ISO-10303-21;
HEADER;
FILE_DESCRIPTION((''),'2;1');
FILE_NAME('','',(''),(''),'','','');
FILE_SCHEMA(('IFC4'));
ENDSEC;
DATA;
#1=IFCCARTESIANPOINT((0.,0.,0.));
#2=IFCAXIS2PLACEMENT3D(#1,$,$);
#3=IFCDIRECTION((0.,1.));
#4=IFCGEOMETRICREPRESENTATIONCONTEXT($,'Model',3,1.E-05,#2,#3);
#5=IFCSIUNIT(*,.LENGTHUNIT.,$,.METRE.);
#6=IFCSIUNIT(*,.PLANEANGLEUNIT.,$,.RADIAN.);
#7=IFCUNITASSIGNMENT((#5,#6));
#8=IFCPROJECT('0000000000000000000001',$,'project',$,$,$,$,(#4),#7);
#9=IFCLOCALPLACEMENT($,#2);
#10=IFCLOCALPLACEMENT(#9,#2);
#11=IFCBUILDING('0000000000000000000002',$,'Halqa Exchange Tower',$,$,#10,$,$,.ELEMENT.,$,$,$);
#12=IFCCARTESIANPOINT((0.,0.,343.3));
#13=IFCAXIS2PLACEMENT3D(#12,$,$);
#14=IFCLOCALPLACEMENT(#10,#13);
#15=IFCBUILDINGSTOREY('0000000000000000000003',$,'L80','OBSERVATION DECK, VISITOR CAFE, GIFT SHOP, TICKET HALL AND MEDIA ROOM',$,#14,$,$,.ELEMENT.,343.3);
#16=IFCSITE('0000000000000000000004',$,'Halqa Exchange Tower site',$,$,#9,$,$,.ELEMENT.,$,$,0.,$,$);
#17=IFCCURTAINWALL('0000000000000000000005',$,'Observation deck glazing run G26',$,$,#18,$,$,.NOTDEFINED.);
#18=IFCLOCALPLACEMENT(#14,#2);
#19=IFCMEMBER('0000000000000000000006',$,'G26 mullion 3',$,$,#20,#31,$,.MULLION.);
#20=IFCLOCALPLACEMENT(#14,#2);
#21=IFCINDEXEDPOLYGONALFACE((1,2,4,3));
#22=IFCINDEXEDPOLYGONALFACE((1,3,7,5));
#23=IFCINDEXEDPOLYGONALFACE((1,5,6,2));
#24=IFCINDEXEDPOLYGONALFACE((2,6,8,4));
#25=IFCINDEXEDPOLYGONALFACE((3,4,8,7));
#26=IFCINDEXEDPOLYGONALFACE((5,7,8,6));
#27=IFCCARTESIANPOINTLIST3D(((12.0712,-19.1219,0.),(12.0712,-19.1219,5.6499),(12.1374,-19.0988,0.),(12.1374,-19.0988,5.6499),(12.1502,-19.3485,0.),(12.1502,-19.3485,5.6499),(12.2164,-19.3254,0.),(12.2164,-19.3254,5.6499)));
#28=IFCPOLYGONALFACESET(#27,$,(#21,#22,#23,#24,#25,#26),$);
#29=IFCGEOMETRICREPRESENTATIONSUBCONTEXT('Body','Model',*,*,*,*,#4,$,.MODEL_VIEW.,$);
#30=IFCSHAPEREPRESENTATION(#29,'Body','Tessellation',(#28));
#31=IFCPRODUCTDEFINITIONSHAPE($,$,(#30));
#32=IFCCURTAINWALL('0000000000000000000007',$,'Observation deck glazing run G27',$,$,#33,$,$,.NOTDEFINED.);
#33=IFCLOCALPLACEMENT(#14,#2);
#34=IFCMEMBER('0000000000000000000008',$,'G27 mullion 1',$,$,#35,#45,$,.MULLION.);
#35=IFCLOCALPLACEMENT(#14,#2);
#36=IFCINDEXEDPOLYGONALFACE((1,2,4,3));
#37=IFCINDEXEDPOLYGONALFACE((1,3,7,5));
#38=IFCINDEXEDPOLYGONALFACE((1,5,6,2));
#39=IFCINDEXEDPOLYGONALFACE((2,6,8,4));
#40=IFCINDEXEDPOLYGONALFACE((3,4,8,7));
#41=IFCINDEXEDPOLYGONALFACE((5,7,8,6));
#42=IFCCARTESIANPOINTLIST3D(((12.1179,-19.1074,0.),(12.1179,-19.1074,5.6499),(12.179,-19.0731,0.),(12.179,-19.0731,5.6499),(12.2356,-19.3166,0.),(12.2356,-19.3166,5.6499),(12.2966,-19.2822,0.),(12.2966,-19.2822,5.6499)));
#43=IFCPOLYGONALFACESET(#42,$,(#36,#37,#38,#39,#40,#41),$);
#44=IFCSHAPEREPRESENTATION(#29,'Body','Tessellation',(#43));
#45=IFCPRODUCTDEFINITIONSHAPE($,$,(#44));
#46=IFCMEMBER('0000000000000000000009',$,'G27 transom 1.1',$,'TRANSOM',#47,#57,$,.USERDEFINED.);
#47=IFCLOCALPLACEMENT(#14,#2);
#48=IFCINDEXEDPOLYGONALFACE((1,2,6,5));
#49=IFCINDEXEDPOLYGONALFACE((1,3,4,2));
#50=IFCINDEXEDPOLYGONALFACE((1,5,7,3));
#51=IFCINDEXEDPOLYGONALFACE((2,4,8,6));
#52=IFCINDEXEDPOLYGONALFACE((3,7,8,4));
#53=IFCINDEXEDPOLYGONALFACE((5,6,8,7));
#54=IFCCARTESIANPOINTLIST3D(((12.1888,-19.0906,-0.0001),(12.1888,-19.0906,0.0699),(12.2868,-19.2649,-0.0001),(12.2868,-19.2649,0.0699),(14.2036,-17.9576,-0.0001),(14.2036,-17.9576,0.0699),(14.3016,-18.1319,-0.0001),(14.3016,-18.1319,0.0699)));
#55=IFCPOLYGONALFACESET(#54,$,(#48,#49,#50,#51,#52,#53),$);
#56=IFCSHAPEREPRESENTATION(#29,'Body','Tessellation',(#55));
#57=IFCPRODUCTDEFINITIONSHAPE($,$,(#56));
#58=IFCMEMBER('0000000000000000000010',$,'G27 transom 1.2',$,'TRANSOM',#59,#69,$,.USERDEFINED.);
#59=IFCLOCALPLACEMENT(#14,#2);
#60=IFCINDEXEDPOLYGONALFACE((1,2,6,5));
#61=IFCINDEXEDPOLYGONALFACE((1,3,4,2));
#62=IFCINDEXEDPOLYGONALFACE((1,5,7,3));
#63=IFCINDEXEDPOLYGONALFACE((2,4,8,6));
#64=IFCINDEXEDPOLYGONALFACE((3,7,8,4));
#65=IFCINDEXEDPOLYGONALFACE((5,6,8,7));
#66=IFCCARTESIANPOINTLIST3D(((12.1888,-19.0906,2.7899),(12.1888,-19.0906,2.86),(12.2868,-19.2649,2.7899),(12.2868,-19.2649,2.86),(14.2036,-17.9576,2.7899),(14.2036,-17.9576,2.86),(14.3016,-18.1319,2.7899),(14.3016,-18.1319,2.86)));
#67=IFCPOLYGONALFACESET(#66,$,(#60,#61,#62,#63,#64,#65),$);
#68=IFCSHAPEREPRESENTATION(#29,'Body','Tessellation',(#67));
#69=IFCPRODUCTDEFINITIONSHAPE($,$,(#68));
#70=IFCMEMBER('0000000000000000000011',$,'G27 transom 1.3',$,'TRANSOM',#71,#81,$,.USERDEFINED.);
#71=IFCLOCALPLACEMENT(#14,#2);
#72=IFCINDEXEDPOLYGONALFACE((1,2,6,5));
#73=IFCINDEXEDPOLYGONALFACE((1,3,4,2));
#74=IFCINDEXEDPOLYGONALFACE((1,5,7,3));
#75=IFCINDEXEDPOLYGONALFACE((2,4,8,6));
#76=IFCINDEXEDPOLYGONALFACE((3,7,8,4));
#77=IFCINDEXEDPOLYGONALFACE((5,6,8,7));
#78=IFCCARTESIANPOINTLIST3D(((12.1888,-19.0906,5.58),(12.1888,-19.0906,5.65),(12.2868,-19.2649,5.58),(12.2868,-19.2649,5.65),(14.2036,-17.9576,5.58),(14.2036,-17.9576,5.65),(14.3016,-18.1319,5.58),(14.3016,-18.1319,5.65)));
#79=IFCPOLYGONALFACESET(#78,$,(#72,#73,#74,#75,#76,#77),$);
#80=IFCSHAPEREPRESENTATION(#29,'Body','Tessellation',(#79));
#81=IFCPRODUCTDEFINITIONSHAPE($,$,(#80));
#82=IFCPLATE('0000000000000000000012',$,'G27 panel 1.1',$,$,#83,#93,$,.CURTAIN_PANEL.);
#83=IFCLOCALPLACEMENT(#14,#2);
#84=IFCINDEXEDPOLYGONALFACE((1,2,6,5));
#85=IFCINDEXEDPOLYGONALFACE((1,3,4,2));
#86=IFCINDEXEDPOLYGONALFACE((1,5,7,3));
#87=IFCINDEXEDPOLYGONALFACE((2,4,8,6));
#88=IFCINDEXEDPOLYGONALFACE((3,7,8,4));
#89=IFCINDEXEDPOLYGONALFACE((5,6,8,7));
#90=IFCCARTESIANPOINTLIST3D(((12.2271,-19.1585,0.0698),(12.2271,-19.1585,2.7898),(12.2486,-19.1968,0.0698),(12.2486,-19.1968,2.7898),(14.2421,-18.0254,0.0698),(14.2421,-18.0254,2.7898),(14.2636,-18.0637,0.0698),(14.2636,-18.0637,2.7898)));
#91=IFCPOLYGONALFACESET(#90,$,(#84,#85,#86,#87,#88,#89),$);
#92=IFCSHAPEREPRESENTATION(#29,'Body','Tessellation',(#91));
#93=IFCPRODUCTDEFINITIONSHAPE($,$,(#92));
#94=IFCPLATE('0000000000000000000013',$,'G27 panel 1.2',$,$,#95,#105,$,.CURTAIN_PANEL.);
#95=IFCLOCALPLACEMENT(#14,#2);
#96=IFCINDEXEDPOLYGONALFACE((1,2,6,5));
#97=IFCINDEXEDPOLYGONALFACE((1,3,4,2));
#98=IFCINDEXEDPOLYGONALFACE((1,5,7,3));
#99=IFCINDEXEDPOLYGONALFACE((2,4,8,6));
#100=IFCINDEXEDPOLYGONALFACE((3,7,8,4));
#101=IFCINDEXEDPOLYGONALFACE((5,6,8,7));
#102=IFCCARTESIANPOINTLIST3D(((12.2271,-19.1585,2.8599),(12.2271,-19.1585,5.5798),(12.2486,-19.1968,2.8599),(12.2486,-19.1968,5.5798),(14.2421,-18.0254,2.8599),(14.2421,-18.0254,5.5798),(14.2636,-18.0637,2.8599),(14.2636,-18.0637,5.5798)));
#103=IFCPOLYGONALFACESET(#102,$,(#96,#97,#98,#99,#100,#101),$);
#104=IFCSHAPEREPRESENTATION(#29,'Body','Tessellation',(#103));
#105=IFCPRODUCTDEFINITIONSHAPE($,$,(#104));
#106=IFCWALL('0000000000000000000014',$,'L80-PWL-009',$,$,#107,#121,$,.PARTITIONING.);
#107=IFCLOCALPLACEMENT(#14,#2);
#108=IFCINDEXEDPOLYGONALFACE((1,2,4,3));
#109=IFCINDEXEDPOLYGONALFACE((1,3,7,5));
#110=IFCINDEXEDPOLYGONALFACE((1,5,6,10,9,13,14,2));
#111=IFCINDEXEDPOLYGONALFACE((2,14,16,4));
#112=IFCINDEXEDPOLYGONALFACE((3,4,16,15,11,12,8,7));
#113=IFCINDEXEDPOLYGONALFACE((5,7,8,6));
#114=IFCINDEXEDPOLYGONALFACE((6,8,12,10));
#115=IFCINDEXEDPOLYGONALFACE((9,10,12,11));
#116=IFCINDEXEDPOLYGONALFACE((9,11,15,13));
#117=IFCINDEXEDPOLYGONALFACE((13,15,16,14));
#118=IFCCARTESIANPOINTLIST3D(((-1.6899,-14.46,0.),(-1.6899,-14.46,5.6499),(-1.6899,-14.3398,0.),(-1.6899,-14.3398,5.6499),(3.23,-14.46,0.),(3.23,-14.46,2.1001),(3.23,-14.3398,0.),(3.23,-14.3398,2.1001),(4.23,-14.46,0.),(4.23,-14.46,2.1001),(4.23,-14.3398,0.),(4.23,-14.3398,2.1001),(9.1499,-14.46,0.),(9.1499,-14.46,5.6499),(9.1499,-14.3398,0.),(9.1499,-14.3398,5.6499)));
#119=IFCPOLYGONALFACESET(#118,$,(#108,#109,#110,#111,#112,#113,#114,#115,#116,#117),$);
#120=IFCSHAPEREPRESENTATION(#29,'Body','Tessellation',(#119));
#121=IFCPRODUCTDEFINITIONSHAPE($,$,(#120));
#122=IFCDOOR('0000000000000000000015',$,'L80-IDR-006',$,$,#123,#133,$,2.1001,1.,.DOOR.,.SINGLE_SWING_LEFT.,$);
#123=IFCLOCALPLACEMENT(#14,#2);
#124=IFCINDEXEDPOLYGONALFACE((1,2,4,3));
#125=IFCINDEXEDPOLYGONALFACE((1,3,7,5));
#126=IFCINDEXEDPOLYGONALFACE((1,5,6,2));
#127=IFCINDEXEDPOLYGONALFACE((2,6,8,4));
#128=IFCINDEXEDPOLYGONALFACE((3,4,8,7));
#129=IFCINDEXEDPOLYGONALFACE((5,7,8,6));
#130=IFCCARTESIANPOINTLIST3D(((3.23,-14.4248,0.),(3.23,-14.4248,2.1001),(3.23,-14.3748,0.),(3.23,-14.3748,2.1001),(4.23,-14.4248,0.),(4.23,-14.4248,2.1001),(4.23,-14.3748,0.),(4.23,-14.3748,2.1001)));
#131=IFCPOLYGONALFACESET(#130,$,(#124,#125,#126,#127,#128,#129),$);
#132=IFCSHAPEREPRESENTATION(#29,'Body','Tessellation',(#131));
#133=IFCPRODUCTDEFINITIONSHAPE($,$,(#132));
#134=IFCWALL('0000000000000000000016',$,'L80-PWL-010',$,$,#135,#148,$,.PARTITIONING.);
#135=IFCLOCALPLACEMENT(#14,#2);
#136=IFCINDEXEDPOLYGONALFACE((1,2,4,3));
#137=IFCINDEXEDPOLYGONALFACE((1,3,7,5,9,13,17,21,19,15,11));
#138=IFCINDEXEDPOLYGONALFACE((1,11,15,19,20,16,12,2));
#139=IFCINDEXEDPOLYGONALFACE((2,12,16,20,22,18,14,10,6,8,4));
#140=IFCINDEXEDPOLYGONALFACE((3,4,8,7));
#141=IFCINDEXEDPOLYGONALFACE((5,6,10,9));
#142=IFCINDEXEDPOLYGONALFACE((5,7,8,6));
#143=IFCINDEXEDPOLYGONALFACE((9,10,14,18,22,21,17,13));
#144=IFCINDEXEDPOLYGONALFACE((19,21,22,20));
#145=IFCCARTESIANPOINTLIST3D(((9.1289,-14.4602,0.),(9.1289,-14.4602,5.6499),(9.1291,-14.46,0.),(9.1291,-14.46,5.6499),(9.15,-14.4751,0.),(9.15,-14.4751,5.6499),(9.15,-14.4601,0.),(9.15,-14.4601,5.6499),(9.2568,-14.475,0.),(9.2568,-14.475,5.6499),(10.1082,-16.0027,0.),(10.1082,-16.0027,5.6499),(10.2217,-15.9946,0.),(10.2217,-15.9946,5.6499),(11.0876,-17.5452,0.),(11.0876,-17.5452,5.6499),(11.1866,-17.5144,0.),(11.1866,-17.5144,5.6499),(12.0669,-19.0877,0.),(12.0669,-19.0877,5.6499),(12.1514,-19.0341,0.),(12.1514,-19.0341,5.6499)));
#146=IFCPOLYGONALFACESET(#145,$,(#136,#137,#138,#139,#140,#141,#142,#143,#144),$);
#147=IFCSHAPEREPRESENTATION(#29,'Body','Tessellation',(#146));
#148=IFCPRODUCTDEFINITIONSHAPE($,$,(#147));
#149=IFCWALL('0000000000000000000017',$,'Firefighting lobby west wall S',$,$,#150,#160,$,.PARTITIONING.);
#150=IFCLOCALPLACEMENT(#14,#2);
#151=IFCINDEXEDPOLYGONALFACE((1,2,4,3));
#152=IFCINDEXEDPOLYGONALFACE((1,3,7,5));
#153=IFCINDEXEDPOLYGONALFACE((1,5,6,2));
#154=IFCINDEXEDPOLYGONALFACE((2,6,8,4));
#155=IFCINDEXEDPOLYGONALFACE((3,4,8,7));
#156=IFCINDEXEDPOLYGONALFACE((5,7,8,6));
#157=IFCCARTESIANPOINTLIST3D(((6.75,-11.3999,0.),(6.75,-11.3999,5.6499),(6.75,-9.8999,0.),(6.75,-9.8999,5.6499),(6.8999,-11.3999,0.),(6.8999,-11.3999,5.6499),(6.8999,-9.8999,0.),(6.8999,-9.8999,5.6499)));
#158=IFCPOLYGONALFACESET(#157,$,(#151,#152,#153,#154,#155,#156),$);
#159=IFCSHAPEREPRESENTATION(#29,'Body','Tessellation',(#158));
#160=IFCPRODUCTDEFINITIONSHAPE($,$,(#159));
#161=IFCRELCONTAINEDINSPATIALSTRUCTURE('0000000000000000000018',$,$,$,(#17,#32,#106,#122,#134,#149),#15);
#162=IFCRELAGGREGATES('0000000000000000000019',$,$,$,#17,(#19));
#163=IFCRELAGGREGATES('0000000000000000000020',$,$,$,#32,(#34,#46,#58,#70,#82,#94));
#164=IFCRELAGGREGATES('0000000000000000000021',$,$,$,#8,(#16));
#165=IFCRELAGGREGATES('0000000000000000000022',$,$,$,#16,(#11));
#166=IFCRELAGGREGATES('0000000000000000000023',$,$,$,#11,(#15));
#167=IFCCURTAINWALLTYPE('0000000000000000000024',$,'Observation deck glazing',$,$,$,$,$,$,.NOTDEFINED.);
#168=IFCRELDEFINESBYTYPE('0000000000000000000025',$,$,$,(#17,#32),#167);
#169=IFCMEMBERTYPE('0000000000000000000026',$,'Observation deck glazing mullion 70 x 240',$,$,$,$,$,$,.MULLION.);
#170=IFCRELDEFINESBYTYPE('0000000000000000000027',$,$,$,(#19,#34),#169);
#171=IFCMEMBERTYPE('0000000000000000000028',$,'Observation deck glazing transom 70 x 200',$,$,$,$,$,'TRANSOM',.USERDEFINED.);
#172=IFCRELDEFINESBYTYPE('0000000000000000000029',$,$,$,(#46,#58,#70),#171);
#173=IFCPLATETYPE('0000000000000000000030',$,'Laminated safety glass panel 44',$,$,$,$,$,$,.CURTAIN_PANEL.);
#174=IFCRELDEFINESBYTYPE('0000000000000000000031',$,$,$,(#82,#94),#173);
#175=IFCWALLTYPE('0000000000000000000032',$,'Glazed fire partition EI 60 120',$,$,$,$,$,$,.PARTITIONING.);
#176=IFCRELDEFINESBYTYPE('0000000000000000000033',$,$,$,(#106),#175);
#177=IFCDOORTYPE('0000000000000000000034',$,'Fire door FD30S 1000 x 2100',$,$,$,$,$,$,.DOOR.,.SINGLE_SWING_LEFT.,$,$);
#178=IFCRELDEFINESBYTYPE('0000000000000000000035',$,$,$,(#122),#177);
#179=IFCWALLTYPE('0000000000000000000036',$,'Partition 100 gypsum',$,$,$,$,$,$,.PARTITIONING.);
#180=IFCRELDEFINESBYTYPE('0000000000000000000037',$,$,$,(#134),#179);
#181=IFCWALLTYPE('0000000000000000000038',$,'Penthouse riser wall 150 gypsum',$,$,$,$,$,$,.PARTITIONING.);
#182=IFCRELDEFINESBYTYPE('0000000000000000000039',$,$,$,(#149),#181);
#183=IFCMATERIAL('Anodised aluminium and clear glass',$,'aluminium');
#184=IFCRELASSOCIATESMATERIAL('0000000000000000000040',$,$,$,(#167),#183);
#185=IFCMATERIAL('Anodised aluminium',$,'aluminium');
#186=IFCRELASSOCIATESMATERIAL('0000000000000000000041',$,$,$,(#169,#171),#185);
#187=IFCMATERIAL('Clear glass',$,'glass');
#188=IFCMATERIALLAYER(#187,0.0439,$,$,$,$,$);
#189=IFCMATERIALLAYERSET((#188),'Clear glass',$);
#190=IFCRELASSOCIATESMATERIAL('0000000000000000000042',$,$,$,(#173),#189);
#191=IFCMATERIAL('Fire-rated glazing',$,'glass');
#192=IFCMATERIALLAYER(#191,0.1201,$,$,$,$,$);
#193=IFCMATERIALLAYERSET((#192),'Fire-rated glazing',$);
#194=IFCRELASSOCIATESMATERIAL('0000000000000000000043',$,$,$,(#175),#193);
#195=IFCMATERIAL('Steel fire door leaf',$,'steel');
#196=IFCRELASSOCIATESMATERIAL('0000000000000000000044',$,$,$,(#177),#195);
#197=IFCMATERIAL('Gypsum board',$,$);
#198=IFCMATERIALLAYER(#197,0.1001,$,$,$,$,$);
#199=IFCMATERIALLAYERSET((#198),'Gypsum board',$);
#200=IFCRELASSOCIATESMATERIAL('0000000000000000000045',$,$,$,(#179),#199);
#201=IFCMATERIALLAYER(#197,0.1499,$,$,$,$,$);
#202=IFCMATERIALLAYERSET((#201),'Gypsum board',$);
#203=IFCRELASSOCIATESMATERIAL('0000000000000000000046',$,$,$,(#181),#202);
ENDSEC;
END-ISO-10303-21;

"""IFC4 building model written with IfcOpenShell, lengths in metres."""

from ifc_helpers import new_model, si_unit, direction, frame, frame_2d, origin, origin_2d, place, context, subcontext, project, spatial, polyline, rectangle, outline, extrude, material, layer, layer_set, material_profile, profile_set, type_object, element, fill, aggregate, save


model = new_model("IFC4")

# Units and contexts
model_context = context("Model", 3, precision=1e-05, world=origin(), true_north=direction((0.0, 1.0)))
body_context = subcontext(model_context, "Body", "Model", "MODEL_VIEW")
ifc_project = project(units=[si_unit("LENGTHUNIT", "METRE"), si_unit("PLANEANGLEUNIT", "RADIAN")], contexts=[model_context])

# Site, building, storey
site_placement = place(None, origin())
site = spatial("IfcSite", under=ifc_project, at=site_placement, Name="Halqa Exchange Tower site", CompositionType="ELEMENT", RefElevation=0.0)
building_placement = place(site_placement, origin())
building = spatial("IfcBuilding", under=site, at=building_placement, Name="Halqa Exchange Tower", CompositionType="ELEMENT")
storey_placement = place(building_placement, frame((0.0, 0.0, 343.3)))
storey = spatial("IfcBuildingStorey", under=building, at=storey_placement, Name="L80", Description="OBSERVATION DECK, VISITOR CAFE, GIFT SHOP, TICKET HALL AND MEDIA ROOM", CompositionType="ELEMENT", Elevation=343.3)

# Curtain wall, member
ifc_material_1 = material(Name="Anodised aluminium and clear glass", Category="aluminium")
curtain_wall_type = type_object("IfcCurtainWallType", Name="Observation deck glazing", PredefinedType="NOTDEFINED", material=ifc_material_1)
curtain_wall_1_placement = place(storey_placement, origin())
curtain_wall_1 = element("IfcCurtainWall", 1, at=curtain_wall_1_placement, inside=storey, type_object=curtain_wall_type, Name="Observation deck glazing run G26", PredefinedType="NOTDEFINED")
ifc_material_2 = material(Name="Anodised aluminium", Category="aluminium")
ifc_material_profile_1 = material_profile(ifc_material_2, rectangle(XDim=0.24, YDim=0.0701, at=origin_2d()), Name="AL 70x240")
ifc_profile_set_1 = profile_set([ifc_material_profile_1], Name="Anodised aluminium")
member_type_1 = type_object("IfcMemberType", Name="Observation deck glazing mullion 70 x 240", PredefinedType="MULLION", material=ifc_profile_set_1)
member_1_placement = place(storey_placement, frame((12.1438, -19.2236, 0.0), z_axis=(0.0, 0.0, 1.0), x_axis=(-0.32916, 0.944274, 0.0)))
member_1 = element("IfcMember", 2, at=member_1_placement, type_object=member_type_1, Name="G26 mullion 3", PredefinedType="MULLION", context=body_context, shape_type="SweptSolid", body=[
    extrude(rectangle(XDim=0.24, YDim=0.0701, at=origin_2d()), origin(), (0.0, 0.0, 1.0), 5.6499),
])
aggregate(curtain_wall_1, [member_1])

# Curtain wall, members, plates
curtain_wall_2_placement = place(storey_placement, origin())
curtain_wall_2 = element("IfcCurtainWall", 3, at=curtain_wall_2_placement, inside=storey, type_object=curtain_wall_type, Name="Observation deck glazing run G27", PredefinedType="NOTDEFINED")
member_2_placement = place(storey_placement, frame((12.2073, -19.1948, 0.0), z_axis=(0.0, 0.0, 1.0), x_axis=(-0.490158, 0.871634, 0.0)))
member_2 = element("IfcMember", 4, at=member_2_placement, type_object=member_type_1, Name="G27 mullion 1", PredefinedType="MULLION", context=body_context, shape_type="SweptSolid", body=[
    extrude(rectangle(XDim=0.24, YDim=0.0701, at=origin_2d()), origin(), (0.0, 0.0, 1.0), 5.6499),
])
ifc_material_profile_2 = material_profile(ifc_material_2, rectangle(XDim=0.2, YDim=0.0701, at=origin_2d()), Name="AL 70x200")
ifc_profile_set_2 = profile_set([ifc_material_profile_2], Name="Anodised aluminium")
member_type_2 = type_object("IfcMemberType", Name="Observation deck glazing transom 70 x 200", ElementType="TRANSOM", PredefinedType="USERDEFINED", material=ifc_profile_set_2)
member_3_placement = place(storey_placement, frame((12.2378, -19.1777, 0.0349), z_axis=(0.871635, 0.490156, 0.0), x_axis=(-0.490156, 0.871635, 0.0)))
member_3 = element("IfcMember", 5, at=member_3_placement, type_object=member_type_2, Name="G27 transom 1.1", ObjectType="TRANSOM", PredefinedType="USERDEFINED", context=body_context, shape_type="SweptSolid", body=[
    extrude(rectangle(XDim=0.2, YDim=0.0701, at=origin_2d()), origin(), (0.0, 0.0, 1.0), 2.3115),
])
member_4_placement = place(storey_placement, frame((12.2378, -19.1777, 2.825), z_axis=(0.871635, 0.490156, 0.0), x_axis=(-0.490156, 0.871635, 0.0)))
member_4 = element("IfcMember", 6, at=member_4_placement, type_object=member_type_2, Name="G27 transom 1.2", ObjectType="TRANSOM", PredefinedType="USERDEFINED", context=body_context, shape_type="SweptSolid", body=[
    extrude(rectangle(XDim=0.2, YDim=0.0701, at=origin_2d()), origin(), (0.0, 0.0, 1.0), 2.3115),
])
member_5_placement = place(storey_placement, frame((12.2378, -19.1777, 5.615), z_axis=(0.871635, 0.490156, 0.0), x_axis=(-0.490156, 0.871635, 0.0)))
member_5 = element("IfcMember", 7, at=member_5_placement, type_object=member_type_2, Name="G27 transom 1.3", ObjectType="TRANSOM", PredefinedType="USERDEFINED", context=body_context, shape_type="SweptSolid", body=[
    extrude(rectangle(XDim=0.2, YDim=0.0701, at=origin_2d()), origin(), (0.0, 0.0, 1.0), 2.3115),
])
ifc_material_3 = material(Name="Clear glass", Category="glass")
ifc_layer_1 = layer(ifc_material_3, 0.0439)
ifc_layer_set_1 = layer_set([ifc_layer_1], Name="Clear glass")
plate_type = type_object("IfcPlateType", Name="Laminated safety glass panel 44", PredefinedType="CURTAIN_PANEL", material=ifc_layer_set_1)
plate_1_placement = place(storey_placement, frame((13.2454, -18.6111, 0.0698), z_axis=(0.0, 0.0, 1.0), x_axis=(0.871634, 0.490158, 0.0)))
plate_1 = element("IfcPlate", 8, at=plate_1_placement, type_object=plate_type, Name="G27 panel 1.1", PredefinedType="CURTAIN_PANEL", context=body_context, shape_type="SweptSolid", body=[
    extrude(rectangle(XDim=2.3118, YDim=0.0439, at=origin_2d()), origin(), (0.0, 0.0, 1.0), 2.72),
])
plate_2_placement = place(storey_placement, frame((13.2454, -18.6111, 2.8599), z_axis=(0.0, 0.0, 1.0), x_axis=(0.871634, 0.490158, 0.0)))
plate_2 = element("IfcPlate", 9, at=plate_2_placement, type_object=plate_type, Name="G27 panel 1.2", PredefinedType="CURTAIN_PANEL", context=body_context, shape_type="SweptSolid", body=[
    extrude(rectangle(XDim=2.3118, YDim=0.0439, at=origin_2d()), origin(), (0.0, 0.0, 1.0), 2.72),
])
aggregate(curtain_wall_2, [member_2, member_3, member_4, member_5, plate_1, plate_2])

# Wall, opening, door
ifc_material_4 = material(Name="Fire-rated glazing", Category="glass")
ifc_layer_2 = layer(ifc_material_4, 0.1201)
ifc_layer_set_2 = layer_set([ifc_layer_2], Name="Fire-rated glazing")
wall_type_1 = type_object("IfcWallType", Name="Glazed fire partition EI 60 120", PredefinedType="PARTITIONING", material=ifc_layer_set_2)
wall_1_placement = place(storey_placement, frame((9.1499, -14.3999, 0.0), z_axis=(0.0, 0.0, 1.0), x_axis=(-1.0, 0.0, 0.0)))
wall_1 = element("IfcWall", 10, at=wall_1_placement, inside=storey, type_object=wall_type_1, Name="L80-PWL-009", PredefinedType="PARTITIONING", context=body_context, shape_type="SweptSolid", body=[
    extrude(rectangle(XDim=10.8398, YDim=0.1201, at=frame_2d((5.4199, 0.0))), origin(), (0.0, 0.0, 1.0), 5.6499),
])
opening_1_placement = place(wall_1_placement, frame((4.9199, 0.0, 0.0)))
opening_1 = element("IfcOpeningElement", 11, at=opening_1_placement, cuts=wall_1, PredefinedType="OPENING", context=body_context, shape_type="SweptSolid", body=[
    extrude(rectangle(XDim=1.0, YDim=2.1001, at=frame_2d((0.5, 1.05))), frame((0.0, 0.072, 0.0), z_axis=(0.0, -1.0, 0.0), x_axis=(1.0, 0.0, 0.0)), (0.0, 0.0, 1.0), 0.144),
])
ifc_material_5 = material(Name="Steel fire door leaf", Category="steel")
door_type_1 = type_object("IfcDoorType", Name="Fire door FD30S 1000 x 2100", OperationType="SINGLE_SWING_LEFT", PredefinedType="DOOR", material=ifc_material_5)
door_1_placement = place(opening_1_placement, origin())
door_1 = element("IfcDoor", 12, at=door_1_placement, inside=storey, type_object=door_type_1, Name="L80-IDR-006", OperationType="SINGLE_SWING_LEFT", OverallHeight=2.1001, OverallWidth=1.0, PredefinedType="DOOR", context=body_context, shape_type="SweptSolid", body=[
    extrude(rectangle(XDim=1.0, YDim=2.1001, at=frame_2d((0.5, 1.05))), frame((0.0, 0.0249, 0.0), z_axis=(0.0, -1.0, 0.0), x_axis=(1.0, 0.0, 0.0)), (0.0, 0.0, 1.0), 0.05),
])
fill(opening_1, door_1)

# Walls
ifc_material_6 = material(Name="Gypsum board")
ifc_layer_3 = layer(ifc_material_6, 0.1001)
ifc_layer_set_3 = layer_set([ifc_layer_3], Name="Gypsum board")
wall_type_2 = type_object("IfcWallType", Name="Partition 100 gypsum", PredefinedType="PARTITIONING", material=ifc_layer_set_3)
wall_2_placement = place(storey_placement, frame((9.1711, -14.4333, 0.0), z_axis=(0.0, 0.0, 1.0), x_axis=(0.535999, -0.844219, 0.0)))
element("IfcWall", 13, at=wall_2_placement, inside=storey, type_object=wall_type_2, Name="L80-PWL-010", PredefinedType="PARTITIONING", context=body_context, shape_type="SweptSolid", body=[
    extrude(outline(polyline([(5.4814, 0.05), (3.6814, 0.05), (1.8811, 0.05), (0.0811, 0.05), (0.0239, -0.0403), (0.0112, -0.0322), (0.0, -0.0498), (0.0, -0.05), (1.8271, -0.05), (3.6543, -0.05), (5.4814, -0.05), (5.4814, 0.05)])), origin(), (0.0, 0.0, 1.0), 5.6499),
])
ifc_layer_4 = layer(ifc_material_6, 0.1499)
ifc_layer_set_4 = layer_set([ifc_layer_4], Name="Gypsum board")
wall_type_3 = type_object("IfcWallType", Name="Penthouse riser wall 150 gypsum", PredefinedType="PARTITIONING", material=ifc_layer_set_4)
wall_3_placement = place(storey_placement, frame((6.825, -11.3999, 0.0), z_axis=(0.0, 0.0, 1.0), x_axis=(0.0, 1.0, 0.0)))
element("IfcWall", 14, at=wall_3_placement, inside=storey, type_object=wall_type_3, Name="Firefighting lobby west wall S", PredefinedType="PARTITIONING", context=body_context, shape_type="SweptSolid", body=[
    extrude(rectangle(XDim=1.5, YDim=0.1499, at=frame_2d((0.75, 0.0))), origin(), (0.0, 0.0, 1.0), 5.6499),
])

save(model, "model.ifc")
